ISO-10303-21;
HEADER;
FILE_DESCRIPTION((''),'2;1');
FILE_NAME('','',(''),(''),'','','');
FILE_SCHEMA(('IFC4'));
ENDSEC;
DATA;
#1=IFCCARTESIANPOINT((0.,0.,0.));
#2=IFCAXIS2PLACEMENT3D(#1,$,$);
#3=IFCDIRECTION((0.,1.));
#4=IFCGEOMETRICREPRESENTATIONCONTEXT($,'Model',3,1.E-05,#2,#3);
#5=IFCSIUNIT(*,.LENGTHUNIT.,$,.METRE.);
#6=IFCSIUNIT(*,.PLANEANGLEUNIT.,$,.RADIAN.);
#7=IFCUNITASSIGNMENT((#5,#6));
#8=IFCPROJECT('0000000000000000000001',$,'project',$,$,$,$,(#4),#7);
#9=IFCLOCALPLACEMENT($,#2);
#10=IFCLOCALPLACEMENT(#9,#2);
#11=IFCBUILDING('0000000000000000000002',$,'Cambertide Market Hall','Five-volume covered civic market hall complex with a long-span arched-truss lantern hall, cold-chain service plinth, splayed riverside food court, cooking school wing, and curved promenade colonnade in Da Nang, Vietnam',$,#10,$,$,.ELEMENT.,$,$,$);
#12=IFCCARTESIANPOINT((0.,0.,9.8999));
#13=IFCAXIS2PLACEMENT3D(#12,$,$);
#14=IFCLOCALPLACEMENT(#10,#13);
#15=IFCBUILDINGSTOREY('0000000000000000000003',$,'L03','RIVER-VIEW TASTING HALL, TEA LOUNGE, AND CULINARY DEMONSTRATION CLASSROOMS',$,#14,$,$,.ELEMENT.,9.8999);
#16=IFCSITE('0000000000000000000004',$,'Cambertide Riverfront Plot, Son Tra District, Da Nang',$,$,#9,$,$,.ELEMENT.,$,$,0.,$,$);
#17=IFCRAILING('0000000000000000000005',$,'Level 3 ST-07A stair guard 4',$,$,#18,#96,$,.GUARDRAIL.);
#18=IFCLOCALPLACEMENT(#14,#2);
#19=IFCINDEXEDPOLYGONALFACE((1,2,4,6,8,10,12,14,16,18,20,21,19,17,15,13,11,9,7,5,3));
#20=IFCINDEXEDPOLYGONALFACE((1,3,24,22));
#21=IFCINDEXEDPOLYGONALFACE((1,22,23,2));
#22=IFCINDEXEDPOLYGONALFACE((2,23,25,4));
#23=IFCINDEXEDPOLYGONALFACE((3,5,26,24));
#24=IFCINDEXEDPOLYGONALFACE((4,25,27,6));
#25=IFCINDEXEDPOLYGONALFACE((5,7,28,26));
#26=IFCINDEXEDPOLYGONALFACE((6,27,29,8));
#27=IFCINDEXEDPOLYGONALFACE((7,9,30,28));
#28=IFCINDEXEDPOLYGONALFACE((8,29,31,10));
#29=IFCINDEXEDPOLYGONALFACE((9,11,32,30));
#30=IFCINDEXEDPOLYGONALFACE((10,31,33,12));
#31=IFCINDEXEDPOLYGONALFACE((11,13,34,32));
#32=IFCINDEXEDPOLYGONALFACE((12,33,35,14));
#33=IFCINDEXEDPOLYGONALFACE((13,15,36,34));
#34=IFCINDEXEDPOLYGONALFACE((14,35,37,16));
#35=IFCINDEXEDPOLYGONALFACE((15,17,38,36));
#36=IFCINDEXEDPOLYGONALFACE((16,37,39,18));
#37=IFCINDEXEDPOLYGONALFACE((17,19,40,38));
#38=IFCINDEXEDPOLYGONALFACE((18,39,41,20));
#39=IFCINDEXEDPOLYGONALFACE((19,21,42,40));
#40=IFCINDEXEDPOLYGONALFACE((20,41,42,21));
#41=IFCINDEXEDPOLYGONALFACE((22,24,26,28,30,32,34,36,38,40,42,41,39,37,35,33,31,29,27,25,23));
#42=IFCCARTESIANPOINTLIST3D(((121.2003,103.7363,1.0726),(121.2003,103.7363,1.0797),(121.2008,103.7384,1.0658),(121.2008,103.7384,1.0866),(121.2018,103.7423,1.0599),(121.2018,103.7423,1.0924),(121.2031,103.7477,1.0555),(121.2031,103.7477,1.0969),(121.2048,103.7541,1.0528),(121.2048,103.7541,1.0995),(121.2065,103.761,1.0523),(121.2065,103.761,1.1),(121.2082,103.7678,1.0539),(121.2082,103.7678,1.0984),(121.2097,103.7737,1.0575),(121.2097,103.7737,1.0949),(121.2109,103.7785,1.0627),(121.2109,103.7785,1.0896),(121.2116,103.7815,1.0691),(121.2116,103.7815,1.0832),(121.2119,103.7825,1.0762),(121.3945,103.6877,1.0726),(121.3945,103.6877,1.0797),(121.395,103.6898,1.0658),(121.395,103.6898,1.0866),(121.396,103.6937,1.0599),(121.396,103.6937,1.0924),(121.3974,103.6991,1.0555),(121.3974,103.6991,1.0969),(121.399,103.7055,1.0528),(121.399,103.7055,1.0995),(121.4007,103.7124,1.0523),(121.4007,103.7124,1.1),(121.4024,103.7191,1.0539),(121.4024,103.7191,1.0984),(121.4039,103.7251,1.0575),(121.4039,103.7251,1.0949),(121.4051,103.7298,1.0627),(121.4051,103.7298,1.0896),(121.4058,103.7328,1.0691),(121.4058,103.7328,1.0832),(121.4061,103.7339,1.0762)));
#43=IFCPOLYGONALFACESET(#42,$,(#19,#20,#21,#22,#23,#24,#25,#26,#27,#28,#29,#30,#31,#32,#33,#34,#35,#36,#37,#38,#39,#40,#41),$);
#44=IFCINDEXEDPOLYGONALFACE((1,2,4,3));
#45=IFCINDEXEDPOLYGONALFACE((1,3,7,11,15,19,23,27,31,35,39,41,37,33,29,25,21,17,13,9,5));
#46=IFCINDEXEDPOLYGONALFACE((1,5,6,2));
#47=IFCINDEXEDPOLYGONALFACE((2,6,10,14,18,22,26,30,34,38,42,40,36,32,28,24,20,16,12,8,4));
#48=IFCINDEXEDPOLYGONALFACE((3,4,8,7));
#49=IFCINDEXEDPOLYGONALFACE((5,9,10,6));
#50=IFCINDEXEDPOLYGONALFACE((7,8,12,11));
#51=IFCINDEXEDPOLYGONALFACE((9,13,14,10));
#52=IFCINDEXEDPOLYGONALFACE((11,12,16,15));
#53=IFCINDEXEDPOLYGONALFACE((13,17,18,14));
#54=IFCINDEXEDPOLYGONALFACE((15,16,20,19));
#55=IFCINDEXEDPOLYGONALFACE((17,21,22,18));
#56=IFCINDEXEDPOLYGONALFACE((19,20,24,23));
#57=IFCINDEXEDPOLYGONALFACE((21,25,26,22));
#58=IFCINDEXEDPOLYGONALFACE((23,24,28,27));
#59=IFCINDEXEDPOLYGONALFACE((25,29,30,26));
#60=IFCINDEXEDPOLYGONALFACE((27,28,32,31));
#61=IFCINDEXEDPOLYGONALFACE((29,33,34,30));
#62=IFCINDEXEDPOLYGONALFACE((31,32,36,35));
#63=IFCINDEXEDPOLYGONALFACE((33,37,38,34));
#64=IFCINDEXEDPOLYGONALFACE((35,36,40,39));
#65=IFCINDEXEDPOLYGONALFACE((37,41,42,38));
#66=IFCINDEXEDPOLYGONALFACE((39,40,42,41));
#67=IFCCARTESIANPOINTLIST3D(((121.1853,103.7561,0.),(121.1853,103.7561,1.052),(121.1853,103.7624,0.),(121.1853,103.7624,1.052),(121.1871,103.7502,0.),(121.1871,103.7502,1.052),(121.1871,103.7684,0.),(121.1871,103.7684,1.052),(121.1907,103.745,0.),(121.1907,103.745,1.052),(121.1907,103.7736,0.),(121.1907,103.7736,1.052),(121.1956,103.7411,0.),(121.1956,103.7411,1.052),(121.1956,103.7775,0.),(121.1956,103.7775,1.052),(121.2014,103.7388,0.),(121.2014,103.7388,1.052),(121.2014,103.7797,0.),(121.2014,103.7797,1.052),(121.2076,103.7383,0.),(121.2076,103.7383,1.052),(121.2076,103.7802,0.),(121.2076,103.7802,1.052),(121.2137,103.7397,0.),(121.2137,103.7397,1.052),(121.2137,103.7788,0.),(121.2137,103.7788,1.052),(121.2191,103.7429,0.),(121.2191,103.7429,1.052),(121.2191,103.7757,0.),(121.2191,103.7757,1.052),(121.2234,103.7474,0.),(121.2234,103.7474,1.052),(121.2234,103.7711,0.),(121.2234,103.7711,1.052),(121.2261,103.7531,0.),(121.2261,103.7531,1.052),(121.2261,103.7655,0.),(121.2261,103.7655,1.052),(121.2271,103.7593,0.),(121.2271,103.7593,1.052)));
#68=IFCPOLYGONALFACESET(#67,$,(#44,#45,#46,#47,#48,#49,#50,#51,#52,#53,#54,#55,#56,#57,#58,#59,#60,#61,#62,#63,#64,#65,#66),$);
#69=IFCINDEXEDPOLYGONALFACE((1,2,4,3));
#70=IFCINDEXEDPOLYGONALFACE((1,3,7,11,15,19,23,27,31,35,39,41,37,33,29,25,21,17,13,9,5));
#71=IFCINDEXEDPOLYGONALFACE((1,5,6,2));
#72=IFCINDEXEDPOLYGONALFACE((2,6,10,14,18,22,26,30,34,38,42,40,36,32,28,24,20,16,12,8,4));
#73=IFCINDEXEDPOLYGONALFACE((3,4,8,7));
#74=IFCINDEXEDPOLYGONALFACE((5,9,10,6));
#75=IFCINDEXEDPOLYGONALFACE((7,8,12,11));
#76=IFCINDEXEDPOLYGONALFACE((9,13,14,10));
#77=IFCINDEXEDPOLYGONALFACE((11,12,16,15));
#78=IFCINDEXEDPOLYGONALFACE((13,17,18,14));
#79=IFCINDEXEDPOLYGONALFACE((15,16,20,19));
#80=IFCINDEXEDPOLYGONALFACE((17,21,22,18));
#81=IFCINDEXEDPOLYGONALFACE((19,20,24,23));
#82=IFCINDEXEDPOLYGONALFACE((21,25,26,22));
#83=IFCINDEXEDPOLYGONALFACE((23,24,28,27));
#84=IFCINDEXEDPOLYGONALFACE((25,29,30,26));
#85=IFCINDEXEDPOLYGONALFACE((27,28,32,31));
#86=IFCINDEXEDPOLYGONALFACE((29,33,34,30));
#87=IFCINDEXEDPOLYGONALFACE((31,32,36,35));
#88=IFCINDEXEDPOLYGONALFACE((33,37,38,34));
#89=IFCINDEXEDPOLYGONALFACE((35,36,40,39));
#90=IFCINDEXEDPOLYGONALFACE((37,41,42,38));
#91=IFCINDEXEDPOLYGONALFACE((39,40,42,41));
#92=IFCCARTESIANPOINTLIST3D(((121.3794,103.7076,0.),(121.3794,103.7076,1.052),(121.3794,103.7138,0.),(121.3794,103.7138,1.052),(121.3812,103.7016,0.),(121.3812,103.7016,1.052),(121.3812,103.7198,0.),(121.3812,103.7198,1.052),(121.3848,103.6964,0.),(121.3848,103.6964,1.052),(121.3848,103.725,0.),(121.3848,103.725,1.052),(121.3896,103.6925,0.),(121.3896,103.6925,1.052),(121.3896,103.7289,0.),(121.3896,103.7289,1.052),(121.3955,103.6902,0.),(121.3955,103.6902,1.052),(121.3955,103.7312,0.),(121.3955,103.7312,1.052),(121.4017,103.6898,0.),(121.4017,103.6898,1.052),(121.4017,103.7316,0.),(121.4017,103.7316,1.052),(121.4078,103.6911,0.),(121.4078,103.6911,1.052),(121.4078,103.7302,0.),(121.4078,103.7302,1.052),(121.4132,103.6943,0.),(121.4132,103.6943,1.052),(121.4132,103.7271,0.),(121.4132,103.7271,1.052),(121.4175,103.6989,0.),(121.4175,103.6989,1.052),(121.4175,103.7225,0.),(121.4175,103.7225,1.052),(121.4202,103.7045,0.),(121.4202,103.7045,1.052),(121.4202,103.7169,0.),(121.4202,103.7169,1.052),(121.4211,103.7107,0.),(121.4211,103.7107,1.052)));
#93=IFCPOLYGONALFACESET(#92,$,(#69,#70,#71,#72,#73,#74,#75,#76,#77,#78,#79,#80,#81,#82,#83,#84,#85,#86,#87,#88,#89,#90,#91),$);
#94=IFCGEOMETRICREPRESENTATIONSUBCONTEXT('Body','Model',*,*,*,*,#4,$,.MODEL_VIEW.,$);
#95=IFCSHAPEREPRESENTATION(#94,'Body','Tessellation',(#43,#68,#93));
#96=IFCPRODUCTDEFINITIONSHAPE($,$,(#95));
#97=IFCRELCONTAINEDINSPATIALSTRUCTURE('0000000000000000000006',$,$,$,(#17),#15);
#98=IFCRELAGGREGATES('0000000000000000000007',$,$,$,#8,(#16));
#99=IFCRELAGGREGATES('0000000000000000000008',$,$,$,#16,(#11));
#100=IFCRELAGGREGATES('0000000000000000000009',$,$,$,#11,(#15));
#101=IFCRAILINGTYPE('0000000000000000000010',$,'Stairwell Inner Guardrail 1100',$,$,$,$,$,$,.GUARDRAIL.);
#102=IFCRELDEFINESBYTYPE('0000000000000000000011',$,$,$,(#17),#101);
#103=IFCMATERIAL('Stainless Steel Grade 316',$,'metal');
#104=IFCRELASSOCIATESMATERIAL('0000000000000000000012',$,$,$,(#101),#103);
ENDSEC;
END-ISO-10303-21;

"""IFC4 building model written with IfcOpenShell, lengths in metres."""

from ifc_helpers import new_model, si_unit, direction, frame, origin, origin_2d, place, context, subcontext, project, spatial, circle, extrude, material, type_object, element, save


model = new_model("IFC4")

# Units and contexts
model_context = context("Model", 3, precision=1e-05, world=origin(), true_north=direction((0.0, 1.0)))
body_context = subcontext(model_context, "Body", "Model", "MODEL_VIEW")
ifc_project = project(units=[si_unit("LENGTHUNIT", "METRE"), si_unit("PLANEANGLEUNIT", "RADIAN")], contexts=[model_context])

# Site, building, storey
site_placement = place(None, origin())
site = spatial("IfcSite", under=ifc_project, at=site_placement, Name="Cambertide Riverfront Plot, Son Tra District, Da Nang", CompositionType="ELEMENT", RefElevation=0.0)
building_placement = place(site_placement, origin())
building = spatial("IfcBuilding", under=site, at=building_placement, Name="Cambertide Market Hall", Description="Five-volume covered civic market hall complex with a long-span arched-truss lantern hall, cold-chain service plinth, splayed riverside food court, cooking school wing, and curved promenade colonnade in Da Nang, Vietnam", CompositionType="ELEMENT")
storey_placement = place(building_placement, frame((0.0, 0.0, 9.8999)))
storey = spatial("IfcBuildingStorey", under=building, at=storey_placement, Name="L03", Description="RIVER-VIEW TASTING HALL, TEA LOUNGE, AND CULINARY DEMONSTRATION CLASSROOMS", CompositionType="ELEMENT", Elevation=9.8999)

# Railing
ifc_material_1 = material(Name="Stainless Steel Grade 316", Category="metal")
railing_type = type_object("IfcRailingType", Name="Stairwell Inner Guardrail 1100", PredefinedType="GUARDRAIL", material=ifc_material_1)
railing_placement = place(storey_placement, frame((121.2061, 103.7593, 0.0)))
element("IfcRailing", 1, at=railing_placement, inside=storey, type_object=railing_type, Name="Level 3 ST-07A stair guard 4", PredefinedType="GUARDRAIL", context=body_context, shape_type="SweptSolid", body=[
    extrude(circle(Radius=0.0239, at=origin_2d()), frame((0.0, 0.0, 1.0762), z_axis=(0.970071, -0.242823, 0.0), x_axis=(0.242823, 0.970071, 0.0)), (0.0, 0.0, 1.0), 0.2002),
    extrude(circle(Radius=0.021, at=origin_2d()), origin(), (0.0, 0.0, 1.0), 1.052),
    extrude(circle(Radius=0.021, at=origin_2d()), frame((0.1941, -0.0486, 0.0)), (0.0, 0.0, 1.0), 1.052),
])

save(model, "model.ifc")
